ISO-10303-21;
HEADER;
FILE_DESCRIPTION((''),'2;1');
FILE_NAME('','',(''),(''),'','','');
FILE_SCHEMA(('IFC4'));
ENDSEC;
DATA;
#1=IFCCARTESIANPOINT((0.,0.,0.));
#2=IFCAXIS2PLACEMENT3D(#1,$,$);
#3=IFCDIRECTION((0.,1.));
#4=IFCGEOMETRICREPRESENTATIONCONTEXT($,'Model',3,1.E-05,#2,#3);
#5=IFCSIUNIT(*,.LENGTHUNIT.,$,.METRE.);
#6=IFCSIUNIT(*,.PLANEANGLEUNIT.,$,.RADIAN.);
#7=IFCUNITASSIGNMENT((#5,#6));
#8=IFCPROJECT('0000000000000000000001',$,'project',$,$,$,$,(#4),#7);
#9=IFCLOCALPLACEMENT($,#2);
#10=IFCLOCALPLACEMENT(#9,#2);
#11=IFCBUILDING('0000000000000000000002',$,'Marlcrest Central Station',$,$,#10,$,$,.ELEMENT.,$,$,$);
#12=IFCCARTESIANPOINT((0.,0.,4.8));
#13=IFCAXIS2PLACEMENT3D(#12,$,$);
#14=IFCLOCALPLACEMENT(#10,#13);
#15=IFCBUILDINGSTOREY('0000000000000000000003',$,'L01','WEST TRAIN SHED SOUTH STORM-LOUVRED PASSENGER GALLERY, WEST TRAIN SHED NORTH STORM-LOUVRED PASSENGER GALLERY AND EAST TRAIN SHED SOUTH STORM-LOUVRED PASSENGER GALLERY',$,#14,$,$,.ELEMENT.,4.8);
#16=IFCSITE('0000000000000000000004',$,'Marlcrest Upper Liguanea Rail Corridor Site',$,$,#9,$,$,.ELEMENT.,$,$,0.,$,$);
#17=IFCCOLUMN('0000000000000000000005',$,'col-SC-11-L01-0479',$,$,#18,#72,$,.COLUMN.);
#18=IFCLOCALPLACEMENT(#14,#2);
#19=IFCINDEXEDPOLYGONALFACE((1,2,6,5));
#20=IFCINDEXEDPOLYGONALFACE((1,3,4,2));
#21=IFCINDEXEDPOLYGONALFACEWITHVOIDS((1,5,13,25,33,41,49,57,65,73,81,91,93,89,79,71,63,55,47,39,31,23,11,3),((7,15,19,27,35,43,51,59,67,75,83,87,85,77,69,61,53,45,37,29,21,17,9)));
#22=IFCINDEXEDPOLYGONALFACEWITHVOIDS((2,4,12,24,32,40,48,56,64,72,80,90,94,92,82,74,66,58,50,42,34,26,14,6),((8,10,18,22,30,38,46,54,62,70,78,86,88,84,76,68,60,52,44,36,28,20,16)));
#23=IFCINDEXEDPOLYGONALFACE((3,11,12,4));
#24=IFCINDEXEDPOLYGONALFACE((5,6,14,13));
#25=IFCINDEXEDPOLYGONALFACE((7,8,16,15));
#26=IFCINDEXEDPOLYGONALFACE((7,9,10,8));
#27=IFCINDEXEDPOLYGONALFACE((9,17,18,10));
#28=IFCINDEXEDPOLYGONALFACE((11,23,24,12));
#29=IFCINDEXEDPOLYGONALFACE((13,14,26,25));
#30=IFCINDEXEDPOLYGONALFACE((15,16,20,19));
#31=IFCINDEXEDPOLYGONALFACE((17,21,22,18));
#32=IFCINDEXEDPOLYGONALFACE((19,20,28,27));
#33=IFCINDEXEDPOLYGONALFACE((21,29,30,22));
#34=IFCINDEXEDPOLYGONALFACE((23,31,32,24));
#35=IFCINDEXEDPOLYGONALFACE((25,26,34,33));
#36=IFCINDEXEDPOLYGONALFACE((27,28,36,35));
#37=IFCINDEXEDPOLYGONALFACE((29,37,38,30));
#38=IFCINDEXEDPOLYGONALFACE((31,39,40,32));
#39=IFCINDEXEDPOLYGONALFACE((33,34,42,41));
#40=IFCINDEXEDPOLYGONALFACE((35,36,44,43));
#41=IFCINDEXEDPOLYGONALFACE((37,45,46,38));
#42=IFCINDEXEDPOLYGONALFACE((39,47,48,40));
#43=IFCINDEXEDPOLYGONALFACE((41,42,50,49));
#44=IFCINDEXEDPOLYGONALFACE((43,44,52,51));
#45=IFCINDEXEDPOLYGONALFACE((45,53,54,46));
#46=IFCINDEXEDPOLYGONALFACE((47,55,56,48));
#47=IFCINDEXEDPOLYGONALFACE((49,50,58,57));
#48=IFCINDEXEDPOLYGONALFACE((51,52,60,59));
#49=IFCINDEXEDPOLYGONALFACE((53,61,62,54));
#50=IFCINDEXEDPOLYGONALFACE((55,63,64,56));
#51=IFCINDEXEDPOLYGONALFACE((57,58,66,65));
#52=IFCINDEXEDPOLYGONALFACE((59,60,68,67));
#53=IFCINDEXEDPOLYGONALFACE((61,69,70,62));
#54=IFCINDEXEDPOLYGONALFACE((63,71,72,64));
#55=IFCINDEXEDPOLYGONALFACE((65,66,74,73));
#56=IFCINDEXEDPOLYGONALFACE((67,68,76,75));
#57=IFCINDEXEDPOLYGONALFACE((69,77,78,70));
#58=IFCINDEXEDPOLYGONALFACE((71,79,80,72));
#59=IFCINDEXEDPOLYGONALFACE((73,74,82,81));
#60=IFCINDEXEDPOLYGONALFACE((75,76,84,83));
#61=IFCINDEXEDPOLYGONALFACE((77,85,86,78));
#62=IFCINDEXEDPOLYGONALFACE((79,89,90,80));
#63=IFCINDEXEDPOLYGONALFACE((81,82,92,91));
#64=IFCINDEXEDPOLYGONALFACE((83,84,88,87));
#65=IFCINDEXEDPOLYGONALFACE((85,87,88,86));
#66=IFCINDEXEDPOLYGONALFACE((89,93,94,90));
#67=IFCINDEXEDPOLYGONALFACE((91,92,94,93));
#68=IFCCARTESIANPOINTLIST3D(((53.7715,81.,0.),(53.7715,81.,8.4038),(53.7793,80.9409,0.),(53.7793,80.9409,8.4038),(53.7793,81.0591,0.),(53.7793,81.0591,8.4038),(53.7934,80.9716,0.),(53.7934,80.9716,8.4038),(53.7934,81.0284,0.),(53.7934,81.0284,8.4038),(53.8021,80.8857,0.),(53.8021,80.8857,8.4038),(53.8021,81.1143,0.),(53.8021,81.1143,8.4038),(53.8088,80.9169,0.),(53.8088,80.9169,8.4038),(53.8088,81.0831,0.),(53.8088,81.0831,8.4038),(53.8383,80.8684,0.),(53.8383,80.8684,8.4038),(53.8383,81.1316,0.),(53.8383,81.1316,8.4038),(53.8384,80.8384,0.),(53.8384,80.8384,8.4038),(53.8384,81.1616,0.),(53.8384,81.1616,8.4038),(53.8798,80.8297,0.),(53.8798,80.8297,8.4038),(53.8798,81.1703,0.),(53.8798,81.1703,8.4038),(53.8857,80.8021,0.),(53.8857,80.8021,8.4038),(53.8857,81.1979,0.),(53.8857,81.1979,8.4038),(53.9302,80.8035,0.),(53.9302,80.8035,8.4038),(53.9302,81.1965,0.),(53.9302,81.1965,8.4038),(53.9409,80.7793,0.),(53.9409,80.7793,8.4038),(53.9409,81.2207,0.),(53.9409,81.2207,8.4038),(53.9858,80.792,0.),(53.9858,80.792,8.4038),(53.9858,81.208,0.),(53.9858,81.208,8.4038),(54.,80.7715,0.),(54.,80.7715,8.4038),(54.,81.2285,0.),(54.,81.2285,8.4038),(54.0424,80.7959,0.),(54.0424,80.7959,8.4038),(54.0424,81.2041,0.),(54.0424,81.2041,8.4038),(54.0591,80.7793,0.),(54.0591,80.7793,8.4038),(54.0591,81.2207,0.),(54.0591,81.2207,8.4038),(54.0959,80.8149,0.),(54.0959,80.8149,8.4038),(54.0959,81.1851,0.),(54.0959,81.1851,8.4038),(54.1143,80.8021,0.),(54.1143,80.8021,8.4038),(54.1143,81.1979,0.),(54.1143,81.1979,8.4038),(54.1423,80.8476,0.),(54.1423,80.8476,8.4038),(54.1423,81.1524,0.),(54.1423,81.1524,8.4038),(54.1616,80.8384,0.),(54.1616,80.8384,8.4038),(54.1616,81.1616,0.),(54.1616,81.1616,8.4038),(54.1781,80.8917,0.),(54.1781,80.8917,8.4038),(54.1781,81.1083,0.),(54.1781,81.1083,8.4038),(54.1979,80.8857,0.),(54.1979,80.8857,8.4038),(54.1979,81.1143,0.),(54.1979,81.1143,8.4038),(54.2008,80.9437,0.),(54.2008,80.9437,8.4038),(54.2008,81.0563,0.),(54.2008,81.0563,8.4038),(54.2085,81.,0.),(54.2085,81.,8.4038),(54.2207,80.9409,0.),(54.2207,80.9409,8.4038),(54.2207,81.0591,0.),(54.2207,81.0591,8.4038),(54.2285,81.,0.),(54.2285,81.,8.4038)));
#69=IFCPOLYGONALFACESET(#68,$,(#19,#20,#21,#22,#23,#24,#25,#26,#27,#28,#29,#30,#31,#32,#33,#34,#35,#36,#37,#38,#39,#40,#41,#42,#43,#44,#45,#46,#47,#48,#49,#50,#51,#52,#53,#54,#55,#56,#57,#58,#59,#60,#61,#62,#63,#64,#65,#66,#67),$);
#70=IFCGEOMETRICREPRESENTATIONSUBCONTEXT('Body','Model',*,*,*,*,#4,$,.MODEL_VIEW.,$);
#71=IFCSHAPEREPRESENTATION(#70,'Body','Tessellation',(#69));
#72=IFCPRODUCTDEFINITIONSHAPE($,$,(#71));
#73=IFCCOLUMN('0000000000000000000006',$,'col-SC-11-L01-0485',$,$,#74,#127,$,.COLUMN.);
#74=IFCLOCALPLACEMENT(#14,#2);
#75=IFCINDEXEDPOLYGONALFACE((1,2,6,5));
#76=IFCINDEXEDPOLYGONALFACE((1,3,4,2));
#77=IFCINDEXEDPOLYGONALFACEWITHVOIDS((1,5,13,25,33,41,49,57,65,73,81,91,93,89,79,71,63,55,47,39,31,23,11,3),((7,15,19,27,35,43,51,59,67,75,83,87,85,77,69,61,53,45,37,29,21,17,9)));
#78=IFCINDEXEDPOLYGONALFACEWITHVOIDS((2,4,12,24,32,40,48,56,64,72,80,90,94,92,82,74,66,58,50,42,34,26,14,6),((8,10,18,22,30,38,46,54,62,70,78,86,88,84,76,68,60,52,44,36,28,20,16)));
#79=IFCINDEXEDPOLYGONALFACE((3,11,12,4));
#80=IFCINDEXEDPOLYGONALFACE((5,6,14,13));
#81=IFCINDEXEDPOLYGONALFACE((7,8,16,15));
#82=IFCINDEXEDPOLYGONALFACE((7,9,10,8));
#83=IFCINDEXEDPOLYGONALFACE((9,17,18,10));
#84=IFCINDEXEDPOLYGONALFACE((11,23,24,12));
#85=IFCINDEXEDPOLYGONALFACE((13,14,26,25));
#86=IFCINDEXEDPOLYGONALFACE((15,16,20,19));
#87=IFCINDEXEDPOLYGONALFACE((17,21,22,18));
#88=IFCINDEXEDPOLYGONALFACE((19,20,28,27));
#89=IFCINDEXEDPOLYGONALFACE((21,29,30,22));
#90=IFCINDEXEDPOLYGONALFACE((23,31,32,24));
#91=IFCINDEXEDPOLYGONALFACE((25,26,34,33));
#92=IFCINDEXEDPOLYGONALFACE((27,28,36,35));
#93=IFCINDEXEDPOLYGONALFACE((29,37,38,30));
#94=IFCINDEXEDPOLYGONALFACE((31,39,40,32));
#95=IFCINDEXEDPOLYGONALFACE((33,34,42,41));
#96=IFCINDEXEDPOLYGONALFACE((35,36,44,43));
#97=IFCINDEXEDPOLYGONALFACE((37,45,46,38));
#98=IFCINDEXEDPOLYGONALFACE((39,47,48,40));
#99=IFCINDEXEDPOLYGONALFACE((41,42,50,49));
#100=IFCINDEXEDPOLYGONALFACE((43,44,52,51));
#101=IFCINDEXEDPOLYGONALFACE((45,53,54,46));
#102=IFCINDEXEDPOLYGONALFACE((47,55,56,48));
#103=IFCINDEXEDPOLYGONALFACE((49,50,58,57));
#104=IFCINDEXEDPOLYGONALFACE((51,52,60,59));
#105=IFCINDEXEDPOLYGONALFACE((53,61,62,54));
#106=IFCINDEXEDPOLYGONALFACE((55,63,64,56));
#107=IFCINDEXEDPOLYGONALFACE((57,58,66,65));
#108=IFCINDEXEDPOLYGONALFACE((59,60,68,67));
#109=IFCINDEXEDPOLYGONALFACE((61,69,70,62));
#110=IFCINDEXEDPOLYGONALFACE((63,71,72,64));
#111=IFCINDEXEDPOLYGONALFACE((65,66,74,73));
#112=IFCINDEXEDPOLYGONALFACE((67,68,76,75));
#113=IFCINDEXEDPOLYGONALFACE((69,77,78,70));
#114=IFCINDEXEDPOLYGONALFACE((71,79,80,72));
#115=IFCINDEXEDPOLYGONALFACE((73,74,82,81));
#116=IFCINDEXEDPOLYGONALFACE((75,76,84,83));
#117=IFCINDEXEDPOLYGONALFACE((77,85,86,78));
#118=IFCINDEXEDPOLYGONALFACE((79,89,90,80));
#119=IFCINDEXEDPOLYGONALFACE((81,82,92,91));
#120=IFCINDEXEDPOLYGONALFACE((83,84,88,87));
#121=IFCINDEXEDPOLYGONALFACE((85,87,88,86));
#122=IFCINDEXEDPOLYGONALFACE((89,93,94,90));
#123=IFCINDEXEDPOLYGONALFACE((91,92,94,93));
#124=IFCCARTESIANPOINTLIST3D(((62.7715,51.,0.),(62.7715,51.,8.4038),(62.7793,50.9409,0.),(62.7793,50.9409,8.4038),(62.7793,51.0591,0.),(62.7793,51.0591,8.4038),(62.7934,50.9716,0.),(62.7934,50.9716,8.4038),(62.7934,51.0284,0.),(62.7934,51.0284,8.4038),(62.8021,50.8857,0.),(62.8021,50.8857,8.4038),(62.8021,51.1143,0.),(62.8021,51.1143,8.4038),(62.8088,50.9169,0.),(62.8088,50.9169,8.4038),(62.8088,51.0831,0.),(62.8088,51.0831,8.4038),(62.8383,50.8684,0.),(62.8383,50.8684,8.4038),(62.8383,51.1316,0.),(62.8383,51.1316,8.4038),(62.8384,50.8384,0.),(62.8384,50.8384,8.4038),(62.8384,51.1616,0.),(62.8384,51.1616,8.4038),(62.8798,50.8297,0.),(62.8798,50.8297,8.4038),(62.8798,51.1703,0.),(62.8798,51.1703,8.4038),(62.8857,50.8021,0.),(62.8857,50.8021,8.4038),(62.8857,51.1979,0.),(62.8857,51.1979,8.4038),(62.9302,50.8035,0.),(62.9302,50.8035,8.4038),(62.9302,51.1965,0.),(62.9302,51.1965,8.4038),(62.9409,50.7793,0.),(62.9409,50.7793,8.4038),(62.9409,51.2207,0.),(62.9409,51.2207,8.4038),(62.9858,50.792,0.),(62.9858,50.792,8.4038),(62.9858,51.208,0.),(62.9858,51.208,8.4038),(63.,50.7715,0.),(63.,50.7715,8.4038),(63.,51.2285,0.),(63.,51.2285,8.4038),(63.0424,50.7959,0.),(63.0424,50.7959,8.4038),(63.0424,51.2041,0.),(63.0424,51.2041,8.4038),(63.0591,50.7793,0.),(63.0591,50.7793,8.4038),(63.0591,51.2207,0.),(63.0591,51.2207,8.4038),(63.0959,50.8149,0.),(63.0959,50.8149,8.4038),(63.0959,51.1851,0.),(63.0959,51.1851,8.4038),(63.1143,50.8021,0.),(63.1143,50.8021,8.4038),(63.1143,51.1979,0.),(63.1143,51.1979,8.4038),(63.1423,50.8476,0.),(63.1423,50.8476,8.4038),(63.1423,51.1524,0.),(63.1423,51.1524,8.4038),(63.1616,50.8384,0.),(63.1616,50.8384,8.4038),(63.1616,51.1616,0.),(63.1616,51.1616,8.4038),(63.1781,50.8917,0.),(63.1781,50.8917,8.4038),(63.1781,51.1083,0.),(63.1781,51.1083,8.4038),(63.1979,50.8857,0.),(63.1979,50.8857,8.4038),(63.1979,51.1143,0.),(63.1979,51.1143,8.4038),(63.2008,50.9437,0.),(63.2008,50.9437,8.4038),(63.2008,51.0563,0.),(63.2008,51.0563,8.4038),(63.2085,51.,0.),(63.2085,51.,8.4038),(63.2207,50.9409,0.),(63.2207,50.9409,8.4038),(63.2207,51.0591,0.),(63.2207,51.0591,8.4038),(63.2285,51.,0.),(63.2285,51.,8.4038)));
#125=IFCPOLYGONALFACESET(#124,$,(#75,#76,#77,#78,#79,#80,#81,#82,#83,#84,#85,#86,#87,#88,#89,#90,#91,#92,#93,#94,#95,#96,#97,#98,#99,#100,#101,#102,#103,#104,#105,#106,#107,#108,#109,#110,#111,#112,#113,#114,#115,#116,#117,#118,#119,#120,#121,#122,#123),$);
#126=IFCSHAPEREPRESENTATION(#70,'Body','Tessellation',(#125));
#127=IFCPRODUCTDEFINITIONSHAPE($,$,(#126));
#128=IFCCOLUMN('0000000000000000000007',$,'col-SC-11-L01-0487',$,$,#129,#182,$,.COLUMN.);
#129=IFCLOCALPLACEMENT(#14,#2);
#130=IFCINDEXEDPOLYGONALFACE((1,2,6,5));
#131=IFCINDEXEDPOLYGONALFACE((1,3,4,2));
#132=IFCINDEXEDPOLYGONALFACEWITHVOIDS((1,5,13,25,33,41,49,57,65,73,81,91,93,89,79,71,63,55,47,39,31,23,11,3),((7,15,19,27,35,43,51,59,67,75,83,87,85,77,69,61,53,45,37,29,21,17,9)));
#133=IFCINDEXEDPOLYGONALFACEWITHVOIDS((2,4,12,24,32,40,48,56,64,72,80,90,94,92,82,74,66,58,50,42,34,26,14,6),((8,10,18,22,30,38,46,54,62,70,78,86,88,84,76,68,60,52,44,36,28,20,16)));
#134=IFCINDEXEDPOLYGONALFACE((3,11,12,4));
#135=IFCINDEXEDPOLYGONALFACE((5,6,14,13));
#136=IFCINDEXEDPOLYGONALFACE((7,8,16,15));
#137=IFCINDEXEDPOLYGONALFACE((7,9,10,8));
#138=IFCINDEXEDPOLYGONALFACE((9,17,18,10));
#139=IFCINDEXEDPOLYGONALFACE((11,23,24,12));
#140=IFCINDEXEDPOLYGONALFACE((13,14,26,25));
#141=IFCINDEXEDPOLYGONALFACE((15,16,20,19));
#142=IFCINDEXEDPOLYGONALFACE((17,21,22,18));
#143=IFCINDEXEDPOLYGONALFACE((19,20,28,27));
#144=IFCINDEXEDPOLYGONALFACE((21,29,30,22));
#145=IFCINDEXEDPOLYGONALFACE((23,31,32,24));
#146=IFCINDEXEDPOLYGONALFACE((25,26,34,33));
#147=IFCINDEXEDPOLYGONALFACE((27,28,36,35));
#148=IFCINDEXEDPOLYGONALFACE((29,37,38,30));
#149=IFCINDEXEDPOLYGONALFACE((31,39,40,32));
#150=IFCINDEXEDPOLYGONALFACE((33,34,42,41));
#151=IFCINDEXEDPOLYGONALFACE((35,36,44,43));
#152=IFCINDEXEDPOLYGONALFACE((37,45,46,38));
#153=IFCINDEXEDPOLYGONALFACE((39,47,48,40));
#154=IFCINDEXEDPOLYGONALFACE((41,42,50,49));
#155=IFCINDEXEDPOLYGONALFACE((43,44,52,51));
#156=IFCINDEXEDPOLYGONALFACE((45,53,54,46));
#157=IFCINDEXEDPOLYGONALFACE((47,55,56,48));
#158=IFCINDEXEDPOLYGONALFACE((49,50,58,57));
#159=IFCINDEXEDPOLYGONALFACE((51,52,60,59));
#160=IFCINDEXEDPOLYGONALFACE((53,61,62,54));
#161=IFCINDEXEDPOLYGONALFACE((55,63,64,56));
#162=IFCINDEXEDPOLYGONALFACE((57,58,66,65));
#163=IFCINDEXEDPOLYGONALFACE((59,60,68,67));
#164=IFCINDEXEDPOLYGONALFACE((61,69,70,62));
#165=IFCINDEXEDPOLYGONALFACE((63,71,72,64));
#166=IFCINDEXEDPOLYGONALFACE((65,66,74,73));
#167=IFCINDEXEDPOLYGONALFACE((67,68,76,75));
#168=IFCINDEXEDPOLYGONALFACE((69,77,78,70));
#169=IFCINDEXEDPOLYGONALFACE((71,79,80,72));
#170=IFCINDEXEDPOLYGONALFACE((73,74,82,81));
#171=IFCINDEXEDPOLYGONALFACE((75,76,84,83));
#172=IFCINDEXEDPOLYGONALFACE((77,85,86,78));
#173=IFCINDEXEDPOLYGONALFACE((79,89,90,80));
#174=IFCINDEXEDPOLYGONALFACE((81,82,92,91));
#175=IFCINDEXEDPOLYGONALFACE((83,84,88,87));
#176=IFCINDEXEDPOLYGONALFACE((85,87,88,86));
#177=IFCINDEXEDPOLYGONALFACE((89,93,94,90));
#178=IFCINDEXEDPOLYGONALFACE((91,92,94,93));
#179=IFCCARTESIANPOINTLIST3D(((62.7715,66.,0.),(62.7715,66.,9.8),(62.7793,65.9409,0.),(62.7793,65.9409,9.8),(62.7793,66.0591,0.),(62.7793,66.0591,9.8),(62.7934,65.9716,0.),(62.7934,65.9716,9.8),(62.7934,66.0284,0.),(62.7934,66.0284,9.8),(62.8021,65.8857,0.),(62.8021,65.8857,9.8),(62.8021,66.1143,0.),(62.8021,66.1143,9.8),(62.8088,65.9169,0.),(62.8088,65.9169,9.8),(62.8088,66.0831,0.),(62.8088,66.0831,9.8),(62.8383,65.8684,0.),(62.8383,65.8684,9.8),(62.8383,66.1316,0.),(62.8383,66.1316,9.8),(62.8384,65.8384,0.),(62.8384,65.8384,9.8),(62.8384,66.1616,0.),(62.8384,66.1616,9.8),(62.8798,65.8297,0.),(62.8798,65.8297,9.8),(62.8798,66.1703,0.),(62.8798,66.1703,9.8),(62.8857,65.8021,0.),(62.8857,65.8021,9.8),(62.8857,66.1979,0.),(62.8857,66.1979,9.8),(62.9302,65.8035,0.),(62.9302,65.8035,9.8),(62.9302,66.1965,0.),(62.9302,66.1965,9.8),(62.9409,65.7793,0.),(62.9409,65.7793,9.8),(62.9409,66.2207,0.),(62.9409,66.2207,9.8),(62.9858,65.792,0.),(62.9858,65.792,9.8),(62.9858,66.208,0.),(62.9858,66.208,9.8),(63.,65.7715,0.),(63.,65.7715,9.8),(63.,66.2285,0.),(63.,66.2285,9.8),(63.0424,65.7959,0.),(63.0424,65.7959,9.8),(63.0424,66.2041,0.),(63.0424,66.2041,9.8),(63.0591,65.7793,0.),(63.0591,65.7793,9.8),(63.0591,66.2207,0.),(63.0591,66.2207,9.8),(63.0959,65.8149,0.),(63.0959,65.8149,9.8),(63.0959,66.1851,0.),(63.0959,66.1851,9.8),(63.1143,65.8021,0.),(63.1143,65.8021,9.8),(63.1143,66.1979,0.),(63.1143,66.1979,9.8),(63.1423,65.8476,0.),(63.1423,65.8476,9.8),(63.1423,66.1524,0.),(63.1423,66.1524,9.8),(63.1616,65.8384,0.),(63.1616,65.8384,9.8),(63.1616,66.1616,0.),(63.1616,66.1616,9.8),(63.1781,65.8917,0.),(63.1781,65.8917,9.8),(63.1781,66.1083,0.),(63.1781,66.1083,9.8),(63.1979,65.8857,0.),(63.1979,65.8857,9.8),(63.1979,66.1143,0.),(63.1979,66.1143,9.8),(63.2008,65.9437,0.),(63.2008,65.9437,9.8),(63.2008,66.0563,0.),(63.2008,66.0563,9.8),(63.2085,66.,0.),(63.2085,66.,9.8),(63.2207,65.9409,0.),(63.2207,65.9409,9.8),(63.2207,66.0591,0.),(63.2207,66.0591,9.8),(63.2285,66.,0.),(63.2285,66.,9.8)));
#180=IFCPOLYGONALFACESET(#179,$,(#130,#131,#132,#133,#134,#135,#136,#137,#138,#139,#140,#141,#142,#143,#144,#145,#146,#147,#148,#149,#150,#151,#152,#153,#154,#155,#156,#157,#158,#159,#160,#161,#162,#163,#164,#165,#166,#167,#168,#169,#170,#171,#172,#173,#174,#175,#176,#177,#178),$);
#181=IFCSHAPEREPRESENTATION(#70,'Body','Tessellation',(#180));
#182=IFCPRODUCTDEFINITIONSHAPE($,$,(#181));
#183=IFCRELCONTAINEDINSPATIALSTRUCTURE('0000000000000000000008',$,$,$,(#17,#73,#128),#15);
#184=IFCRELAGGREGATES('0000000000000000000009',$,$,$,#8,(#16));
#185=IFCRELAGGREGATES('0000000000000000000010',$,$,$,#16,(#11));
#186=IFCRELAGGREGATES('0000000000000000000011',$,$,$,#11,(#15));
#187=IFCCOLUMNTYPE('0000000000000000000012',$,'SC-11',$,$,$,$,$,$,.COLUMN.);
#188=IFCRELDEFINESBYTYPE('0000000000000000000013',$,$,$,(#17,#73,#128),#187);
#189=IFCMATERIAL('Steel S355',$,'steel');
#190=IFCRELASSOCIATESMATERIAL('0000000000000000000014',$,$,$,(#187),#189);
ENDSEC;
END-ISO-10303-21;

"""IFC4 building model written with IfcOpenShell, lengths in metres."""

from ifc_helpers import new_model, si_unit, direction, frame, origin, origin_2d, place, context, subcontext, project, spatial, hollow_circle, extrude, material, material_profile, profile_set, type_object, element, save


model = new_model("IFC4")

# Units and contexts
model_context = context("Model", 3, precision=1e-05, world=origin(), true_north=direction((0.0, 1.0)))
body_context = subcontext(model_context, "Body", "Model", "MODEL_VIEW")
ifc_project = project(units=[si_unit("LENGTHUNIT", "METRE"), si_unit("PLANEANGLEUNIT", "RADIAN")], contexts=[model_context])

# Site, building, storey
site_placement = place(None, origin())
site = spatial("IfcSite", under=ifc_project, at=site_placement, Name="Marlcrest Upper Liguanea Rail Corridor Site", CompositionType="ELEMENT", RefElevation=0.0)
building_placement = place(site_placement, origin())
building = spatial("IfcBuilding", under=site, at=building_placement, Name="Marlcrest Central Station", CompositionType="ELEMENT")
storey_placement = place(building_placement, frame((0.0, 0.0, 4.8)))
storey = spatial("IfcBuildingStorey", under=building, at=storey_placement, Name="L01", Description="WEST TRAIN SHED SOUTH STORM-LOUVRED PASSENGER GALLERY, WEST TRAIN SHED NORTH STORM-LOUVRED PASSENGER GALLERY AND EAST TRAIN SHED SOUTH STORM-LOUVRED PASSENGER GALLERY", CompositionType="ELEMENT", Elevation=4.8)

# Columns
ifc_material = material(Name="Steel S355", Category="steel")
ifc_material_profile = material_profile(ifc_material, hollow_circle(Radius=0.2285, WallThickness=0.02, at=origin_2d()), Name="CHS 457x20")
ifc_profile_set = profile_set([ifc_material_profile], Name="Steel S355")
column_type = type_object("IfcColumnType", Name="SC-11", PredefinedType="COLUMN", material=ifc_profile_set)
for number, where, z_axis, x_axis, name in (
    (1, (54.0, 81.0, 0.0), (0.0, 0.0, 1.0), (1.0, 0.0, 0.0), "col-SC-11-L01-0479"),
    (2, (63.0, 51.0, 0.0), (0.0, 0.0, 1.0), (1.0, 0.0, 0.0), "col-SC-11-L01-0485"),
):
    element("IfcColumn", number, at=place(storey_placement, frame(where, z_axis=z_axis, x_axis=x_axis)), inside=storey, type_object=column_type, Name=name, PredefinedType="COLUMN", context=body_context, shape_type="SweptSolid", body=[
        extrude(hollow_circle(Radius=0.2285, WallThickness=0.02, at=origin_2d()), origin(), (0.0, 0.0, 1.0), 8.4038),
    ])
column_1_placement = place(storey_placement, frame((63.0, 66.0, 0.0), z_axis=(0.0, 0.0, 1.0), x_axis=(1.0, 0.0, 0.0)))
element("IfcColumn", 3, at=column_1_placement, inside=storey, type_object=column_type, Name="col-SC-11-L01-0487", PredefinedType="COLUMN", context=body_context, shape_type="SweptSolid", body=[
    extrude(hollow_circle(Radius=0.2285, WallThickness=0.02, at=origin_2d()), origin(), (0.0, 0.0, 1.0), 9.8),
])

save(model, "model.ifc")
